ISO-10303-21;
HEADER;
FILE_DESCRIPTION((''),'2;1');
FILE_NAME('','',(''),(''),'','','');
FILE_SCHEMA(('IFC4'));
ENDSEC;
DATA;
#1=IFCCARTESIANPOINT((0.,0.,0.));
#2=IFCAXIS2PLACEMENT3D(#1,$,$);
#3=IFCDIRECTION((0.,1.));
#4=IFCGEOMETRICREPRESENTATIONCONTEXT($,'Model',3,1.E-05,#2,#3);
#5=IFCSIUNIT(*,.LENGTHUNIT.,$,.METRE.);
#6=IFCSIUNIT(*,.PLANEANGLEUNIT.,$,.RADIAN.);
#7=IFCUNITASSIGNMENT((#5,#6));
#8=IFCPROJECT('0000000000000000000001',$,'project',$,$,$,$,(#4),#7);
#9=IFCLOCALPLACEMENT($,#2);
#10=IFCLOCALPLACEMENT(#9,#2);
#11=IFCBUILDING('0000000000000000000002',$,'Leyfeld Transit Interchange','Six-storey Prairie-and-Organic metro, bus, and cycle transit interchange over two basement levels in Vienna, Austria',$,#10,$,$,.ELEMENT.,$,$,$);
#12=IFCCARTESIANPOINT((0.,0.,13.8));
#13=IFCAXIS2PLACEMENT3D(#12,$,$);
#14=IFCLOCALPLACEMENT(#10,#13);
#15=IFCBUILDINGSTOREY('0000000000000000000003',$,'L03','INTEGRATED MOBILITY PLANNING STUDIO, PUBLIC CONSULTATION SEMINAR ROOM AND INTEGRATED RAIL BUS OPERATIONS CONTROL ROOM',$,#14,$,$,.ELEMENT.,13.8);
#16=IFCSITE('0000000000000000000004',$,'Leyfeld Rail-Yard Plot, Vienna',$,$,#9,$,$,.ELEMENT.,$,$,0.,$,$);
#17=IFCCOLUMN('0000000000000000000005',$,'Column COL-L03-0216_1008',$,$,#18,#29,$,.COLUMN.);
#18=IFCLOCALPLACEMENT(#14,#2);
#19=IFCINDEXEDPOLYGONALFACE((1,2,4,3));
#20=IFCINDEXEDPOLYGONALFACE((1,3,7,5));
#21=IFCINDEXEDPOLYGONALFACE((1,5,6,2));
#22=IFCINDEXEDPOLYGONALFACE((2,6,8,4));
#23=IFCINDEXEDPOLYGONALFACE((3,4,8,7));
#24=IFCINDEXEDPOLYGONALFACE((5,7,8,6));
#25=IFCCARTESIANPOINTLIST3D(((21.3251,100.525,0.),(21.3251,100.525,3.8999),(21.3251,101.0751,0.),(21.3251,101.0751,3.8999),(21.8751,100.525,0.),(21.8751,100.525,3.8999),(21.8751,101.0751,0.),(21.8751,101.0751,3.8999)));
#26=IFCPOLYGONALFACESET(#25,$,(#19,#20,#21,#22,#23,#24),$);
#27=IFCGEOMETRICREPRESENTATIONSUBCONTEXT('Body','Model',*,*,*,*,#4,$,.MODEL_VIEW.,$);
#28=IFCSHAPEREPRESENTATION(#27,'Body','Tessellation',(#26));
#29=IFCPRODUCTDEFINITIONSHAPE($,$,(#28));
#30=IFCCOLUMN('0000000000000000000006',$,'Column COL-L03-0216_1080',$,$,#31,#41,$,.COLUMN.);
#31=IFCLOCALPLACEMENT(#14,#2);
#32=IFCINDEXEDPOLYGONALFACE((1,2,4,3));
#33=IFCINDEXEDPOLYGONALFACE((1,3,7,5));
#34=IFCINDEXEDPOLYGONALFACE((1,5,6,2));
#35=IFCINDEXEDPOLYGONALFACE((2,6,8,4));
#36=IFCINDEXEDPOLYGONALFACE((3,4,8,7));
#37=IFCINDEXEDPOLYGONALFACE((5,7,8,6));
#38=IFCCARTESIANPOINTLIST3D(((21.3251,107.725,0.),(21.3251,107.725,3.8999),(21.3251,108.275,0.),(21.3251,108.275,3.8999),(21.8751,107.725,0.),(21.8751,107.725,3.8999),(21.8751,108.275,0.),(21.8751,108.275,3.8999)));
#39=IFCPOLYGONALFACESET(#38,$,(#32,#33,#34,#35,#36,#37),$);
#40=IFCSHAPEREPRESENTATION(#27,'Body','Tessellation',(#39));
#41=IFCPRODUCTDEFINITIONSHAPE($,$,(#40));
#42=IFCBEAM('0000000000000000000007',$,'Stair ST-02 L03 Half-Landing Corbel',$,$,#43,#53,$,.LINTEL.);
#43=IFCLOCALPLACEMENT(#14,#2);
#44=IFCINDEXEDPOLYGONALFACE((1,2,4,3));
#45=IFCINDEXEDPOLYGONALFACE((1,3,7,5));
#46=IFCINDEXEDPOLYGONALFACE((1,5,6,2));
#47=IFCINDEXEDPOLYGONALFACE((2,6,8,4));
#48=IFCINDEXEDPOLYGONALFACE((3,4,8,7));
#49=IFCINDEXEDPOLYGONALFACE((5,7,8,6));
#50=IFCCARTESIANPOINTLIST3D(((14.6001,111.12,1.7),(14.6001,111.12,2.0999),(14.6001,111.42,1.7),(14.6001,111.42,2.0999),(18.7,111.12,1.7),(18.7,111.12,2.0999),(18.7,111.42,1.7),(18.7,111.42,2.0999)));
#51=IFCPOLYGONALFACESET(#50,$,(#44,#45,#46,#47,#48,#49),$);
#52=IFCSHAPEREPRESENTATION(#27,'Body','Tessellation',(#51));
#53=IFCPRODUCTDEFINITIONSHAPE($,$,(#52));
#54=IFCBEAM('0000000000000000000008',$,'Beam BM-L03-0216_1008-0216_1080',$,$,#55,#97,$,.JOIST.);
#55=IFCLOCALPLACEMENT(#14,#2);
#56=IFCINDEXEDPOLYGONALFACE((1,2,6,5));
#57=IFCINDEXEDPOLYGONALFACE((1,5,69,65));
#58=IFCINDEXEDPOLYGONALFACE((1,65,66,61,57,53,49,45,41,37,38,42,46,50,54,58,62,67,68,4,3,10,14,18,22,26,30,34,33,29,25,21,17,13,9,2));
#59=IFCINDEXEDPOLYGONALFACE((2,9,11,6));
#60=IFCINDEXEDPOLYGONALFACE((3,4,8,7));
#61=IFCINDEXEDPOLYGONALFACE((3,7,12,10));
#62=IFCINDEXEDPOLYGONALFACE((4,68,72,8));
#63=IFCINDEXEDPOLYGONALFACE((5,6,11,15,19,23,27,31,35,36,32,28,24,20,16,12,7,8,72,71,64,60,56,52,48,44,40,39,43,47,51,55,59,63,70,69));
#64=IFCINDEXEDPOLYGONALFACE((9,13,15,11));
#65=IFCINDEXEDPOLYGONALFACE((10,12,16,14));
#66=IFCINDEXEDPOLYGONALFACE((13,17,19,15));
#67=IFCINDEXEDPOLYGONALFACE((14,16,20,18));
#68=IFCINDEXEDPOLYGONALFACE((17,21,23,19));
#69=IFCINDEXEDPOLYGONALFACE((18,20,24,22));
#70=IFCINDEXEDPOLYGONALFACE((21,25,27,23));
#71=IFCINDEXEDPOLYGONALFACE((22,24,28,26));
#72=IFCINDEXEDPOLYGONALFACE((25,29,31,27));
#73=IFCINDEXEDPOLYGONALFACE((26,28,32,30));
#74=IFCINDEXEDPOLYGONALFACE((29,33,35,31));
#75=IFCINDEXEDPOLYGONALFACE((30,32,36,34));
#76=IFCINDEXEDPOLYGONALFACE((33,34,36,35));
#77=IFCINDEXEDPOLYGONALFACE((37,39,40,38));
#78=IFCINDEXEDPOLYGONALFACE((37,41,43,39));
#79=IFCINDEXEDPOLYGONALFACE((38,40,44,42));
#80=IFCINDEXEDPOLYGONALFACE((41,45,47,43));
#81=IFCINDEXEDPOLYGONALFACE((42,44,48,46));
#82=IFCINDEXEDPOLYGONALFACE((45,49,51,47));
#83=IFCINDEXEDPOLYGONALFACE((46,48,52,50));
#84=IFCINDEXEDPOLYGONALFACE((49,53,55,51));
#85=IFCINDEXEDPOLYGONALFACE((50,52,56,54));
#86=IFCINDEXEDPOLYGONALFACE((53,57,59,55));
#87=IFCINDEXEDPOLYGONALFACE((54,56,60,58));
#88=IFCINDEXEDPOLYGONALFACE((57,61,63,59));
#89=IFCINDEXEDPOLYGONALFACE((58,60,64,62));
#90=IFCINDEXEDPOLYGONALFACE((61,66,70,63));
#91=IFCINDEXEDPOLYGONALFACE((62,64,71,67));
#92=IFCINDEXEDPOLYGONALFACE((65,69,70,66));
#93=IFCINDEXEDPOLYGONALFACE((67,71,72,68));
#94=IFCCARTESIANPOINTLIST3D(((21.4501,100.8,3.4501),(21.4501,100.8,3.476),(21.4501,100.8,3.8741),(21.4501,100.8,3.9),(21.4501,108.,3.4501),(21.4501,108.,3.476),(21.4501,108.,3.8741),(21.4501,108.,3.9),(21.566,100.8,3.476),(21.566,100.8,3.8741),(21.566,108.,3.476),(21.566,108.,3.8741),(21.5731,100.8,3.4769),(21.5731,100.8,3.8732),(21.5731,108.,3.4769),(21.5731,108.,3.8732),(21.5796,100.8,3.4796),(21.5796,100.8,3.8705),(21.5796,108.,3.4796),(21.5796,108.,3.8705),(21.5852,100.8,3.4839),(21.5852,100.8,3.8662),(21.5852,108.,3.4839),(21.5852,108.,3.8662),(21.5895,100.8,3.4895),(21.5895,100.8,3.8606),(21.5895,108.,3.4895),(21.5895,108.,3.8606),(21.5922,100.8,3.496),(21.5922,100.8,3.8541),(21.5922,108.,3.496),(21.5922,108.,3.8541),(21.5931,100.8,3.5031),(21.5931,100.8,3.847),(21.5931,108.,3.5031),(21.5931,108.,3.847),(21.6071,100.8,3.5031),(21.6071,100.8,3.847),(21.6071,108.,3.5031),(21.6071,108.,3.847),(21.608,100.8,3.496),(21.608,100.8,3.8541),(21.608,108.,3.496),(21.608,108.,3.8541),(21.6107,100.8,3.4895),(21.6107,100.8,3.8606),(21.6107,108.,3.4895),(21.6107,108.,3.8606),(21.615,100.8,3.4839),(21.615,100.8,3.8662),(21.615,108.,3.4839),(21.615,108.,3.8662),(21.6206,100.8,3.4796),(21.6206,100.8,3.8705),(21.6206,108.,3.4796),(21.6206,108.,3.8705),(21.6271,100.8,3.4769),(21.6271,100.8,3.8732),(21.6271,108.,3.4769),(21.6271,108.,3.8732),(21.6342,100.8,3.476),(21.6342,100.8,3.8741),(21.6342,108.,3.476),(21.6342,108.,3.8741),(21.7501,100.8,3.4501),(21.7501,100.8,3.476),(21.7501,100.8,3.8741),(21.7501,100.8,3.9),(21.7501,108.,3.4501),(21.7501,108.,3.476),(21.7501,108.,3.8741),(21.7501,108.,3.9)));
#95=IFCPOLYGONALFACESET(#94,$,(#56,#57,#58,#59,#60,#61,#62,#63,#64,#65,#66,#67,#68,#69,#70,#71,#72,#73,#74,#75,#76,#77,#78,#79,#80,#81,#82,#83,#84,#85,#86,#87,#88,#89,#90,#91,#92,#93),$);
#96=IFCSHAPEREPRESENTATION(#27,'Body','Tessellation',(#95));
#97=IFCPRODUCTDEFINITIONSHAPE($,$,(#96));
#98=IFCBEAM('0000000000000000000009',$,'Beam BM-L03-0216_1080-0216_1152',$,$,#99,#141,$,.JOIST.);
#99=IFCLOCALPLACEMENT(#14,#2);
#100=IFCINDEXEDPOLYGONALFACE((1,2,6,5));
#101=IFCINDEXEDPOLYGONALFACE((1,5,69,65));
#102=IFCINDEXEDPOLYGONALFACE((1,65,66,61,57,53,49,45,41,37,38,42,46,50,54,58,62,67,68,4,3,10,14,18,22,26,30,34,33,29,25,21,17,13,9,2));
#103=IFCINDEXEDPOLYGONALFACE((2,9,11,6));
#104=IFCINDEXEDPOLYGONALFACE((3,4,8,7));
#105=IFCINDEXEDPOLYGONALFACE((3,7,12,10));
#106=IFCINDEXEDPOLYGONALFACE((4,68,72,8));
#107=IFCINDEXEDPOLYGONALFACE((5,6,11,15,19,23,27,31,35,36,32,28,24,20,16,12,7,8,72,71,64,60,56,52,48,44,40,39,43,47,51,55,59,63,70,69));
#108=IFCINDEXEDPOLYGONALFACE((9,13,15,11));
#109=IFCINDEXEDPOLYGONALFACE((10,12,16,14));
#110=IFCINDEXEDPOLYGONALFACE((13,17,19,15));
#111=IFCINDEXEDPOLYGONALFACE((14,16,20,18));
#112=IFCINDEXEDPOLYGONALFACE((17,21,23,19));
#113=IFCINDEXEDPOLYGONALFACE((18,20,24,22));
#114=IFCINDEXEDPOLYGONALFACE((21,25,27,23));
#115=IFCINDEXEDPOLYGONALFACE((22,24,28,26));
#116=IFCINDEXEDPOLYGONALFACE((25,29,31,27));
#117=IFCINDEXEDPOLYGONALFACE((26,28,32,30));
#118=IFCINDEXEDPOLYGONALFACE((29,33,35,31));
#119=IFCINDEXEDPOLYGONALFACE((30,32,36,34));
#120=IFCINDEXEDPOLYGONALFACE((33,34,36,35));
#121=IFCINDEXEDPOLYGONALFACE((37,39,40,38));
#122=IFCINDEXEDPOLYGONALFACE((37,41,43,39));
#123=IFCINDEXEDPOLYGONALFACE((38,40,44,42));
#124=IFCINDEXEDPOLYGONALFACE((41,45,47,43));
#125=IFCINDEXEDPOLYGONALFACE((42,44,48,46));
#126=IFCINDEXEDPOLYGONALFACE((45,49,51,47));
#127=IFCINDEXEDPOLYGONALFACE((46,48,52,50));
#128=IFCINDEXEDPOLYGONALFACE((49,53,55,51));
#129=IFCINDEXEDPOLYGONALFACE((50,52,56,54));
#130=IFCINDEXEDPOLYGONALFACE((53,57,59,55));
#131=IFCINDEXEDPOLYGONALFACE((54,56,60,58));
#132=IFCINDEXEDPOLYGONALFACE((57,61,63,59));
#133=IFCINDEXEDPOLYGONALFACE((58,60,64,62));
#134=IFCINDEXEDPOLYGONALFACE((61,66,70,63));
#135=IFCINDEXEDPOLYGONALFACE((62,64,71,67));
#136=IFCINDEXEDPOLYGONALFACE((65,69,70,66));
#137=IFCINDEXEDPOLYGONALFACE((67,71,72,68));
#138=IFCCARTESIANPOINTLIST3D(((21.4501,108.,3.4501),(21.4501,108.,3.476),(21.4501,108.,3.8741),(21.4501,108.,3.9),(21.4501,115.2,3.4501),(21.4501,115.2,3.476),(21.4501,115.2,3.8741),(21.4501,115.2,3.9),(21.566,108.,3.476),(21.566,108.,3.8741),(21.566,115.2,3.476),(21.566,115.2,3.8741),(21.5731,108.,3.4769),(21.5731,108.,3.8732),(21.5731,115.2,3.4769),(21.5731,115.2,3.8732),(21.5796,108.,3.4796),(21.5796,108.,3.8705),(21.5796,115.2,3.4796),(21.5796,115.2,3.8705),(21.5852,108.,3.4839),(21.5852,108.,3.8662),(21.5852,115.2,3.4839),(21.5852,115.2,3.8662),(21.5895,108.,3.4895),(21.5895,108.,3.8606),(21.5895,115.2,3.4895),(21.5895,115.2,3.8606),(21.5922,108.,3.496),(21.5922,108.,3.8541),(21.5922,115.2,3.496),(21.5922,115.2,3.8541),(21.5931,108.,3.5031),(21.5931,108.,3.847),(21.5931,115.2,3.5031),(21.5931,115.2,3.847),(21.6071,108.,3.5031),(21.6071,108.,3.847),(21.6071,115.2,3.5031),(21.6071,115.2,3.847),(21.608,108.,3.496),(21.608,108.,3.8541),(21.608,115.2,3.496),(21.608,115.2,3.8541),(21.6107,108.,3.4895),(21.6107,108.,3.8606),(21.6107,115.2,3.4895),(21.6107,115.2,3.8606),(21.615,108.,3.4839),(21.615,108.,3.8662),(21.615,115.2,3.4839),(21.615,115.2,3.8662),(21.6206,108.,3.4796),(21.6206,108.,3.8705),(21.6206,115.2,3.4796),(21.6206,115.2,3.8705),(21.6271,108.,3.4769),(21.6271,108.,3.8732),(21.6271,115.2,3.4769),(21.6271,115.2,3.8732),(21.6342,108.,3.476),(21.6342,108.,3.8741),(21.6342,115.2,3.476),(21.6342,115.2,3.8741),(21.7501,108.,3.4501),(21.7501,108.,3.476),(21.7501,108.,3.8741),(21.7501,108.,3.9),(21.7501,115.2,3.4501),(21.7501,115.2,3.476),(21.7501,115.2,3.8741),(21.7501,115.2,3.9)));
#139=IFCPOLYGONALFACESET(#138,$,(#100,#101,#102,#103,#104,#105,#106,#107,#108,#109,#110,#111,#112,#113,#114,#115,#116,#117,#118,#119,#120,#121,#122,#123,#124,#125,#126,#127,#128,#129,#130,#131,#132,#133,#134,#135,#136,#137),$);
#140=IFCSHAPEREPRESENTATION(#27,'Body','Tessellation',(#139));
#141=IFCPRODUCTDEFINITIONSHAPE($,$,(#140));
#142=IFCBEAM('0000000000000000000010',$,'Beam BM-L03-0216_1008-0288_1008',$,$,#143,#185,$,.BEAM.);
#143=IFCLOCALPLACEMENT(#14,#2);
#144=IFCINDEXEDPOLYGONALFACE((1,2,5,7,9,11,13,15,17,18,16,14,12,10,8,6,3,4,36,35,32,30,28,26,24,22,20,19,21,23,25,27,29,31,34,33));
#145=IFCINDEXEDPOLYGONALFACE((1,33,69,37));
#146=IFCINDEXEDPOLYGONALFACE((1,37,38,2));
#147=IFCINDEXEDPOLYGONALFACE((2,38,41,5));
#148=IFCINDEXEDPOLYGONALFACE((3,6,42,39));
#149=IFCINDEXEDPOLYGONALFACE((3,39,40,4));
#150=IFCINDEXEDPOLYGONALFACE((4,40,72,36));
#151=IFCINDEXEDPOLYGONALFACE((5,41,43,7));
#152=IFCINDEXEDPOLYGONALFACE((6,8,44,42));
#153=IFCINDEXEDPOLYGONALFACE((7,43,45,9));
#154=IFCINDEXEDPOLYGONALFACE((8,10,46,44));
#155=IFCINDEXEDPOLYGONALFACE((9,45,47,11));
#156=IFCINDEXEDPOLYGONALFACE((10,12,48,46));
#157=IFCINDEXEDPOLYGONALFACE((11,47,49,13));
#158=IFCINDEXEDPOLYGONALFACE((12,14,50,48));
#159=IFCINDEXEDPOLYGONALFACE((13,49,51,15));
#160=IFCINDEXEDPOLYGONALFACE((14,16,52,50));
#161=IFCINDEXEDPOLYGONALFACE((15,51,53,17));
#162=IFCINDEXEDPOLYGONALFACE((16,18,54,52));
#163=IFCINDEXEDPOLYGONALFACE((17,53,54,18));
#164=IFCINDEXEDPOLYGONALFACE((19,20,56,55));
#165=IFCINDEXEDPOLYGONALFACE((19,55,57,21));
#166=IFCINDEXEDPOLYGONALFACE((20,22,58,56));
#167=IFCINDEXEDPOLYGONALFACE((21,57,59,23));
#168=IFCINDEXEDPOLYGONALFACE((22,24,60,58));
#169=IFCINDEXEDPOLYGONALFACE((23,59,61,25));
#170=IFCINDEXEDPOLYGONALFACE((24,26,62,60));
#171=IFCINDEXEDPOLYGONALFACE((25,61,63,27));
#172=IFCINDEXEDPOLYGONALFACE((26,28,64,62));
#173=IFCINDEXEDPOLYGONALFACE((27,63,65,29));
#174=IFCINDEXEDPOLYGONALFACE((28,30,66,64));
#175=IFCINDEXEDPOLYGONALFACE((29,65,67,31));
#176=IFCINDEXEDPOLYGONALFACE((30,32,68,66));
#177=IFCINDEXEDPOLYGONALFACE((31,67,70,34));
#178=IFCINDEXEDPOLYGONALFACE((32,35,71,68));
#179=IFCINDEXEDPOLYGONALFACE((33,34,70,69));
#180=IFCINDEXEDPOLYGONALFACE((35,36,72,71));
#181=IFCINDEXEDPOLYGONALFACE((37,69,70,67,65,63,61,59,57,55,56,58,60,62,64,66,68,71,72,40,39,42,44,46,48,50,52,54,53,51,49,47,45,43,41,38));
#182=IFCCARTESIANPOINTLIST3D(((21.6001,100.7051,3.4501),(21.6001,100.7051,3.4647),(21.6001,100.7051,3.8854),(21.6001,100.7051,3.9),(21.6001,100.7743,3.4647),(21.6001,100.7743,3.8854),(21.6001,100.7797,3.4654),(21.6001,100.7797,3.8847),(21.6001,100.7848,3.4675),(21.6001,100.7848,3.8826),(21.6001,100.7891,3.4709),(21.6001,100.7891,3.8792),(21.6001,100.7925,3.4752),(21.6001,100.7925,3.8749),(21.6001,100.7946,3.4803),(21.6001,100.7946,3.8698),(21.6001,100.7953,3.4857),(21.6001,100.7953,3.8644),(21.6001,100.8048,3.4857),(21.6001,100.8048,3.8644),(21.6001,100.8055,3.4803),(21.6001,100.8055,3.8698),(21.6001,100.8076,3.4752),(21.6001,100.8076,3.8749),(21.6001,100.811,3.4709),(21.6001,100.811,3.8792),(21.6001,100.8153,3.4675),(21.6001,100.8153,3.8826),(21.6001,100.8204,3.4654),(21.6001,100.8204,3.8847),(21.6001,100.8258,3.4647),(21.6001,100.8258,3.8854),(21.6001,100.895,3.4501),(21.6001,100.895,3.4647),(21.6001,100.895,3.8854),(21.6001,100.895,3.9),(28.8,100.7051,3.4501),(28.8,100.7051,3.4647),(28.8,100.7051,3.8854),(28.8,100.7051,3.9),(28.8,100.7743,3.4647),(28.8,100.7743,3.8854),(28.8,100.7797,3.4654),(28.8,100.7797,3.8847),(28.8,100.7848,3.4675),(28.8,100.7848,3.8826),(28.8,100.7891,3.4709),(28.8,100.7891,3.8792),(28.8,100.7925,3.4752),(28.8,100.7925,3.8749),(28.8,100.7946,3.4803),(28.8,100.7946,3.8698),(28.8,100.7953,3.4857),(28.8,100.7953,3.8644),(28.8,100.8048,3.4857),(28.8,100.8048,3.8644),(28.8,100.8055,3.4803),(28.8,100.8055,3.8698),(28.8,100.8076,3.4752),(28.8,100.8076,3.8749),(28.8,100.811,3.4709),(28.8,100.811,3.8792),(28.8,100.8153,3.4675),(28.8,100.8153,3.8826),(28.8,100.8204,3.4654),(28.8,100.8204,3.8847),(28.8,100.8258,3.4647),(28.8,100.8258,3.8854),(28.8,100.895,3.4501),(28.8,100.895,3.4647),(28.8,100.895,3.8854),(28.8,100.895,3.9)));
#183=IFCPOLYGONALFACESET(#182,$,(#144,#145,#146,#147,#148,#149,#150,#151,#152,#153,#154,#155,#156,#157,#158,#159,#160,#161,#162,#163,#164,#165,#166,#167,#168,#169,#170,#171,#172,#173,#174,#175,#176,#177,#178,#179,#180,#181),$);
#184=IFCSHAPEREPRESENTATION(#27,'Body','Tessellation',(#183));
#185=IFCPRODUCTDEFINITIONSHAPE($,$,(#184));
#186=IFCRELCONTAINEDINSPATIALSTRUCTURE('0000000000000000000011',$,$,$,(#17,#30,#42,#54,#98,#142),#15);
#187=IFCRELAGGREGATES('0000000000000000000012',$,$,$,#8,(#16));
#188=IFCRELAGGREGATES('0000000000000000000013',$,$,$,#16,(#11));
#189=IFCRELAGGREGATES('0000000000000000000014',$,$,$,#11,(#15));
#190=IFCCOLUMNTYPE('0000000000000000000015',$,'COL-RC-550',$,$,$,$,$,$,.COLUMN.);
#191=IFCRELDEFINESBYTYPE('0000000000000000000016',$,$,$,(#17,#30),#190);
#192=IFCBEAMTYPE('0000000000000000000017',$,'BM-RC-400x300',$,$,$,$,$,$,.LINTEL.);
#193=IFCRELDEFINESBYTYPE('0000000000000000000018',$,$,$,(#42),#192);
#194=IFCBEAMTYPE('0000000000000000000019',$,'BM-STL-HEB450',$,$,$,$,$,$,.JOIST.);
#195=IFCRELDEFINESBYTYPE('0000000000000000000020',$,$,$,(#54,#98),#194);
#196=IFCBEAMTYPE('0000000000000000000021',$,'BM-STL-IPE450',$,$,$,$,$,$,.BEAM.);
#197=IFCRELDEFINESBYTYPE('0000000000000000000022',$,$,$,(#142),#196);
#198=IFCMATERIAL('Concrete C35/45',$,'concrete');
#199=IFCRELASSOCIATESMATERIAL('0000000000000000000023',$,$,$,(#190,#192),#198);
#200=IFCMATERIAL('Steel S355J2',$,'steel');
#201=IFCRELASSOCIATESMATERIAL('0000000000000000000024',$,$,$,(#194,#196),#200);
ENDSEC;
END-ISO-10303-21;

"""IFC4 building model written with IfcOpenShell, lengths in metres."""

from ifc_helpers import new_model, si_unit, direction, frame, origin, origin_2d, place, context, subcontext, project, spatial, rectangle, i_section, extrude, material, material_profile, profile_set, type_object, element, save


model = new_model("IFC4")

# Units and contexts
model_context = context("Model", 3, precision=1e-05, world=origin(), true_north=direction((0.0, 1.0)))
body_context = subcontext(model_context, "Body", "Model", "MODEL_VIEW")
ifc_project = project(units=[si_unit("LENGTHUNIT", "METRE"), si_unit("PLANEANGLEUNIT", "RADIAN")], contexts=[model_context])

# Site, building, storey
site_placement = place(None, origin())
site = spatial("IfcSite", under=ifc_project, at=site_placement, Name="Leyfeld Rail-Yard Plot, Vienna", CompositionType="ELEMENT", RefElevation=0.0)
building_placement = place(site_placement, origin())
building = spatial("IfcBuilding", under=site, at=building_placement, Name="Leyfeld Transit Interchange", Description="Six-storey Prairie-and-Organic metro, bus, and cycle transit interchange over two basement levels in Vienna, Austria", CompositionType="ELEMENT")
storey_placement = place(building_placement, frame((0.0, 0.0, 13.8)))
storey = spatial("IfcBuildingStorey", under=building, at=storey_placement, Name="L03", Description="INTEGRATED MOBILITY PLANNING STUDIO, PUBLIC CONSULTATION SEMINAR ROOM AND INTEGRATED RAIL BUS OPERATIONS CONTROL ROOM", CompositionType="ELEMENT", Elevation=13.8)

# Columns
ifc_material_1 = material(Name="Concrete C35/45", Category="concrete")
ifc_material_profile_1 = material_profile(ifc_material_1, rectangle(XDim=0.55, YDim=0.55, at=origin_2d()), Name="RC 550x550")
ifc_profile_set_1 = profile_set([ifc_material_profile_1], Name="Concrete C35/45")
column_type = type_object("IfcColumnType", Name="COL-RC-550", PredefinedType="COLUMN", material=ifc_profile_set_1)
for number, where, z_axis, x_axis, name in (
    (1, (21.6001, 100.8, 0.0), (0.0, 0.0, 1.0), (1.0, 0.0, 0.0), "Column COL-L03-0216_1008"),
    (2, (21.6001, 108.0, 0.0), (0.0, 0.0, 1.0), (1.0, 0.0, 0.0), "Column COL-L03-0216_1080"),
):
    element("IfcColumn", number, at=place(storey_placement, frame(where, z_axis=z_axis, x_axis=x_axis)), inside=storey, type_object=column_type, Name=name, PredefinedType="COLUMN", context=body_context, shape_type="SweptSolid", body=[
        extrude(rectangle(XDim=0.55, YDim=0.55, at=origin_2d()), origin(), (0.0, 0.0, 1.0), 3.8999),
    ])

# Beams
ifc_material_profile_2 = material_profile(ifc_material_1, rectangle(XDim=0.3, YDim=0.3999, at=origin_2d()), Name="RC 400x300")
ifc_profile_set_2 = profile_set([ifc_material_profile_2], Name="Concrete C35/45")
beam_type_1 = type_object("IfcBeamType", Name="BM-RC-400x300", PredefinedType="LINTEL", material=ifc_profile_set_2)
beam_placement = place(storey_placement, frame((14.6001, 111.27, 1.8999), z_axis=(1.0, 0.0, 0.0), x_axis=(0.0, 1.0, 0.0)))
element("IfcBeam", 3, at=beam_placement, inside=storey, type_object=beam_type_1, Name="Stair ST-02 L03 Half-Landing Corbel", PredefinedType="LINTEL", context=body_context, shape_type="SweptSolid", body=[
    extrude(rectangle(XDim=0.3, YDim=0.3999, at=origin_2d()), origin(), (0.0, 0.0, 1.0), 4.0999),
])
ifc_material_2 = material(Name="Steel S355J2", Category="steel")
ifc_material_profile_3 = material_profile(ifc_material_2, i_section(OverallWidth=0.3, OverallDepth=0.45, WebThickness=0.0139, FlangeThickness=0.0259, FilletRadius=0.0271, at=origin_2d()), Name="HEB 450")
ifc_profile_set_3 = profile_set([ifc_material_profile_3], Name="Steel S355J2")
beam_type_2 = type_object("IfcBeamType", Name="BM-STL-HEB450", PredefinedType="JOIST", material=ifc_profile_set_3)
for number, where, z_axis, x_axis, name in (
    (4, (21.6001, 100.8, 3.675), (0.0, 1.0, 0.0), (-1.0, 0.0, 0.0), "Beam BM-L03-0216_1008-0216_1080"),
    (5, (21.6001, 108.0, 3.675), (0.0, 1.0, 0.0), (-1.0, 0.0, 0.0), "Beam BM-L03-0216_1080-0216_1152"),
):
    element("IfcBeam", number, at=place(storey_placement, frame(where, z_axis=z_axis, x_axis=x_axis)), inside=storey, type_object=beam_type_2, Name=name, PredefinedType="JOIST", context=body_context, shape_type="SweptSolid", body=[
        extrude(i_section(OverallWidth=0.3, OverallDepth=0.45, WebThickness=0.0139, FlangeThickness=0.0259, FilletRadius=0.0271, at=origin_2d()), origin(), (0.0, 0.0, 1.0), 7.2),
    ])
ifc_material_profile_4 = material_profile(ifc_material_2, i_section(OverallWidth=0.1899, OverallDepth=0.45, WebThickness=0.0095, FlangeThickness=0.0146, FilletRadius=0.021, at=origin_2d()), Name="IPE 450")
ifc_profile_set_4 = profile_set([ifc_material_profile_4], Name="Steel S355J2")
beam_type_3 = type_object("IfcBeamType", Name="BM-STL-IPE450", PredefinedType="BEAM", material=ifc_profile_set_4)
for number, where, z_axis, x_axis, name in (
    (6, (21.6001, 100.8, 3.675), (1.0, 0.0, 0.0), (0.0, 1.0, 0.0), "Beam BM-L03-0216_1008-0288_1008"),
):
    element("IfcBeam", number, at=place(storey_placement, frame(where, z_axis=z_axis, x_axis=x_axis)), inside=storey, type_object=beam_type_3, Name=name, PredefinedType="BEAM", context=body_context, shape_type="SweptSolid", body=[
        extrude(i_section(OverallWidth=0.1899, OverallDepth=0.45, WebThickness=0.0095, FlangeThickness=0.0146, FilletRadius=0.021, at=origin_2d()), origin(), (0.0, 0.0, 1.0), 7.2),
    ])

save(model, "model.ifc")
